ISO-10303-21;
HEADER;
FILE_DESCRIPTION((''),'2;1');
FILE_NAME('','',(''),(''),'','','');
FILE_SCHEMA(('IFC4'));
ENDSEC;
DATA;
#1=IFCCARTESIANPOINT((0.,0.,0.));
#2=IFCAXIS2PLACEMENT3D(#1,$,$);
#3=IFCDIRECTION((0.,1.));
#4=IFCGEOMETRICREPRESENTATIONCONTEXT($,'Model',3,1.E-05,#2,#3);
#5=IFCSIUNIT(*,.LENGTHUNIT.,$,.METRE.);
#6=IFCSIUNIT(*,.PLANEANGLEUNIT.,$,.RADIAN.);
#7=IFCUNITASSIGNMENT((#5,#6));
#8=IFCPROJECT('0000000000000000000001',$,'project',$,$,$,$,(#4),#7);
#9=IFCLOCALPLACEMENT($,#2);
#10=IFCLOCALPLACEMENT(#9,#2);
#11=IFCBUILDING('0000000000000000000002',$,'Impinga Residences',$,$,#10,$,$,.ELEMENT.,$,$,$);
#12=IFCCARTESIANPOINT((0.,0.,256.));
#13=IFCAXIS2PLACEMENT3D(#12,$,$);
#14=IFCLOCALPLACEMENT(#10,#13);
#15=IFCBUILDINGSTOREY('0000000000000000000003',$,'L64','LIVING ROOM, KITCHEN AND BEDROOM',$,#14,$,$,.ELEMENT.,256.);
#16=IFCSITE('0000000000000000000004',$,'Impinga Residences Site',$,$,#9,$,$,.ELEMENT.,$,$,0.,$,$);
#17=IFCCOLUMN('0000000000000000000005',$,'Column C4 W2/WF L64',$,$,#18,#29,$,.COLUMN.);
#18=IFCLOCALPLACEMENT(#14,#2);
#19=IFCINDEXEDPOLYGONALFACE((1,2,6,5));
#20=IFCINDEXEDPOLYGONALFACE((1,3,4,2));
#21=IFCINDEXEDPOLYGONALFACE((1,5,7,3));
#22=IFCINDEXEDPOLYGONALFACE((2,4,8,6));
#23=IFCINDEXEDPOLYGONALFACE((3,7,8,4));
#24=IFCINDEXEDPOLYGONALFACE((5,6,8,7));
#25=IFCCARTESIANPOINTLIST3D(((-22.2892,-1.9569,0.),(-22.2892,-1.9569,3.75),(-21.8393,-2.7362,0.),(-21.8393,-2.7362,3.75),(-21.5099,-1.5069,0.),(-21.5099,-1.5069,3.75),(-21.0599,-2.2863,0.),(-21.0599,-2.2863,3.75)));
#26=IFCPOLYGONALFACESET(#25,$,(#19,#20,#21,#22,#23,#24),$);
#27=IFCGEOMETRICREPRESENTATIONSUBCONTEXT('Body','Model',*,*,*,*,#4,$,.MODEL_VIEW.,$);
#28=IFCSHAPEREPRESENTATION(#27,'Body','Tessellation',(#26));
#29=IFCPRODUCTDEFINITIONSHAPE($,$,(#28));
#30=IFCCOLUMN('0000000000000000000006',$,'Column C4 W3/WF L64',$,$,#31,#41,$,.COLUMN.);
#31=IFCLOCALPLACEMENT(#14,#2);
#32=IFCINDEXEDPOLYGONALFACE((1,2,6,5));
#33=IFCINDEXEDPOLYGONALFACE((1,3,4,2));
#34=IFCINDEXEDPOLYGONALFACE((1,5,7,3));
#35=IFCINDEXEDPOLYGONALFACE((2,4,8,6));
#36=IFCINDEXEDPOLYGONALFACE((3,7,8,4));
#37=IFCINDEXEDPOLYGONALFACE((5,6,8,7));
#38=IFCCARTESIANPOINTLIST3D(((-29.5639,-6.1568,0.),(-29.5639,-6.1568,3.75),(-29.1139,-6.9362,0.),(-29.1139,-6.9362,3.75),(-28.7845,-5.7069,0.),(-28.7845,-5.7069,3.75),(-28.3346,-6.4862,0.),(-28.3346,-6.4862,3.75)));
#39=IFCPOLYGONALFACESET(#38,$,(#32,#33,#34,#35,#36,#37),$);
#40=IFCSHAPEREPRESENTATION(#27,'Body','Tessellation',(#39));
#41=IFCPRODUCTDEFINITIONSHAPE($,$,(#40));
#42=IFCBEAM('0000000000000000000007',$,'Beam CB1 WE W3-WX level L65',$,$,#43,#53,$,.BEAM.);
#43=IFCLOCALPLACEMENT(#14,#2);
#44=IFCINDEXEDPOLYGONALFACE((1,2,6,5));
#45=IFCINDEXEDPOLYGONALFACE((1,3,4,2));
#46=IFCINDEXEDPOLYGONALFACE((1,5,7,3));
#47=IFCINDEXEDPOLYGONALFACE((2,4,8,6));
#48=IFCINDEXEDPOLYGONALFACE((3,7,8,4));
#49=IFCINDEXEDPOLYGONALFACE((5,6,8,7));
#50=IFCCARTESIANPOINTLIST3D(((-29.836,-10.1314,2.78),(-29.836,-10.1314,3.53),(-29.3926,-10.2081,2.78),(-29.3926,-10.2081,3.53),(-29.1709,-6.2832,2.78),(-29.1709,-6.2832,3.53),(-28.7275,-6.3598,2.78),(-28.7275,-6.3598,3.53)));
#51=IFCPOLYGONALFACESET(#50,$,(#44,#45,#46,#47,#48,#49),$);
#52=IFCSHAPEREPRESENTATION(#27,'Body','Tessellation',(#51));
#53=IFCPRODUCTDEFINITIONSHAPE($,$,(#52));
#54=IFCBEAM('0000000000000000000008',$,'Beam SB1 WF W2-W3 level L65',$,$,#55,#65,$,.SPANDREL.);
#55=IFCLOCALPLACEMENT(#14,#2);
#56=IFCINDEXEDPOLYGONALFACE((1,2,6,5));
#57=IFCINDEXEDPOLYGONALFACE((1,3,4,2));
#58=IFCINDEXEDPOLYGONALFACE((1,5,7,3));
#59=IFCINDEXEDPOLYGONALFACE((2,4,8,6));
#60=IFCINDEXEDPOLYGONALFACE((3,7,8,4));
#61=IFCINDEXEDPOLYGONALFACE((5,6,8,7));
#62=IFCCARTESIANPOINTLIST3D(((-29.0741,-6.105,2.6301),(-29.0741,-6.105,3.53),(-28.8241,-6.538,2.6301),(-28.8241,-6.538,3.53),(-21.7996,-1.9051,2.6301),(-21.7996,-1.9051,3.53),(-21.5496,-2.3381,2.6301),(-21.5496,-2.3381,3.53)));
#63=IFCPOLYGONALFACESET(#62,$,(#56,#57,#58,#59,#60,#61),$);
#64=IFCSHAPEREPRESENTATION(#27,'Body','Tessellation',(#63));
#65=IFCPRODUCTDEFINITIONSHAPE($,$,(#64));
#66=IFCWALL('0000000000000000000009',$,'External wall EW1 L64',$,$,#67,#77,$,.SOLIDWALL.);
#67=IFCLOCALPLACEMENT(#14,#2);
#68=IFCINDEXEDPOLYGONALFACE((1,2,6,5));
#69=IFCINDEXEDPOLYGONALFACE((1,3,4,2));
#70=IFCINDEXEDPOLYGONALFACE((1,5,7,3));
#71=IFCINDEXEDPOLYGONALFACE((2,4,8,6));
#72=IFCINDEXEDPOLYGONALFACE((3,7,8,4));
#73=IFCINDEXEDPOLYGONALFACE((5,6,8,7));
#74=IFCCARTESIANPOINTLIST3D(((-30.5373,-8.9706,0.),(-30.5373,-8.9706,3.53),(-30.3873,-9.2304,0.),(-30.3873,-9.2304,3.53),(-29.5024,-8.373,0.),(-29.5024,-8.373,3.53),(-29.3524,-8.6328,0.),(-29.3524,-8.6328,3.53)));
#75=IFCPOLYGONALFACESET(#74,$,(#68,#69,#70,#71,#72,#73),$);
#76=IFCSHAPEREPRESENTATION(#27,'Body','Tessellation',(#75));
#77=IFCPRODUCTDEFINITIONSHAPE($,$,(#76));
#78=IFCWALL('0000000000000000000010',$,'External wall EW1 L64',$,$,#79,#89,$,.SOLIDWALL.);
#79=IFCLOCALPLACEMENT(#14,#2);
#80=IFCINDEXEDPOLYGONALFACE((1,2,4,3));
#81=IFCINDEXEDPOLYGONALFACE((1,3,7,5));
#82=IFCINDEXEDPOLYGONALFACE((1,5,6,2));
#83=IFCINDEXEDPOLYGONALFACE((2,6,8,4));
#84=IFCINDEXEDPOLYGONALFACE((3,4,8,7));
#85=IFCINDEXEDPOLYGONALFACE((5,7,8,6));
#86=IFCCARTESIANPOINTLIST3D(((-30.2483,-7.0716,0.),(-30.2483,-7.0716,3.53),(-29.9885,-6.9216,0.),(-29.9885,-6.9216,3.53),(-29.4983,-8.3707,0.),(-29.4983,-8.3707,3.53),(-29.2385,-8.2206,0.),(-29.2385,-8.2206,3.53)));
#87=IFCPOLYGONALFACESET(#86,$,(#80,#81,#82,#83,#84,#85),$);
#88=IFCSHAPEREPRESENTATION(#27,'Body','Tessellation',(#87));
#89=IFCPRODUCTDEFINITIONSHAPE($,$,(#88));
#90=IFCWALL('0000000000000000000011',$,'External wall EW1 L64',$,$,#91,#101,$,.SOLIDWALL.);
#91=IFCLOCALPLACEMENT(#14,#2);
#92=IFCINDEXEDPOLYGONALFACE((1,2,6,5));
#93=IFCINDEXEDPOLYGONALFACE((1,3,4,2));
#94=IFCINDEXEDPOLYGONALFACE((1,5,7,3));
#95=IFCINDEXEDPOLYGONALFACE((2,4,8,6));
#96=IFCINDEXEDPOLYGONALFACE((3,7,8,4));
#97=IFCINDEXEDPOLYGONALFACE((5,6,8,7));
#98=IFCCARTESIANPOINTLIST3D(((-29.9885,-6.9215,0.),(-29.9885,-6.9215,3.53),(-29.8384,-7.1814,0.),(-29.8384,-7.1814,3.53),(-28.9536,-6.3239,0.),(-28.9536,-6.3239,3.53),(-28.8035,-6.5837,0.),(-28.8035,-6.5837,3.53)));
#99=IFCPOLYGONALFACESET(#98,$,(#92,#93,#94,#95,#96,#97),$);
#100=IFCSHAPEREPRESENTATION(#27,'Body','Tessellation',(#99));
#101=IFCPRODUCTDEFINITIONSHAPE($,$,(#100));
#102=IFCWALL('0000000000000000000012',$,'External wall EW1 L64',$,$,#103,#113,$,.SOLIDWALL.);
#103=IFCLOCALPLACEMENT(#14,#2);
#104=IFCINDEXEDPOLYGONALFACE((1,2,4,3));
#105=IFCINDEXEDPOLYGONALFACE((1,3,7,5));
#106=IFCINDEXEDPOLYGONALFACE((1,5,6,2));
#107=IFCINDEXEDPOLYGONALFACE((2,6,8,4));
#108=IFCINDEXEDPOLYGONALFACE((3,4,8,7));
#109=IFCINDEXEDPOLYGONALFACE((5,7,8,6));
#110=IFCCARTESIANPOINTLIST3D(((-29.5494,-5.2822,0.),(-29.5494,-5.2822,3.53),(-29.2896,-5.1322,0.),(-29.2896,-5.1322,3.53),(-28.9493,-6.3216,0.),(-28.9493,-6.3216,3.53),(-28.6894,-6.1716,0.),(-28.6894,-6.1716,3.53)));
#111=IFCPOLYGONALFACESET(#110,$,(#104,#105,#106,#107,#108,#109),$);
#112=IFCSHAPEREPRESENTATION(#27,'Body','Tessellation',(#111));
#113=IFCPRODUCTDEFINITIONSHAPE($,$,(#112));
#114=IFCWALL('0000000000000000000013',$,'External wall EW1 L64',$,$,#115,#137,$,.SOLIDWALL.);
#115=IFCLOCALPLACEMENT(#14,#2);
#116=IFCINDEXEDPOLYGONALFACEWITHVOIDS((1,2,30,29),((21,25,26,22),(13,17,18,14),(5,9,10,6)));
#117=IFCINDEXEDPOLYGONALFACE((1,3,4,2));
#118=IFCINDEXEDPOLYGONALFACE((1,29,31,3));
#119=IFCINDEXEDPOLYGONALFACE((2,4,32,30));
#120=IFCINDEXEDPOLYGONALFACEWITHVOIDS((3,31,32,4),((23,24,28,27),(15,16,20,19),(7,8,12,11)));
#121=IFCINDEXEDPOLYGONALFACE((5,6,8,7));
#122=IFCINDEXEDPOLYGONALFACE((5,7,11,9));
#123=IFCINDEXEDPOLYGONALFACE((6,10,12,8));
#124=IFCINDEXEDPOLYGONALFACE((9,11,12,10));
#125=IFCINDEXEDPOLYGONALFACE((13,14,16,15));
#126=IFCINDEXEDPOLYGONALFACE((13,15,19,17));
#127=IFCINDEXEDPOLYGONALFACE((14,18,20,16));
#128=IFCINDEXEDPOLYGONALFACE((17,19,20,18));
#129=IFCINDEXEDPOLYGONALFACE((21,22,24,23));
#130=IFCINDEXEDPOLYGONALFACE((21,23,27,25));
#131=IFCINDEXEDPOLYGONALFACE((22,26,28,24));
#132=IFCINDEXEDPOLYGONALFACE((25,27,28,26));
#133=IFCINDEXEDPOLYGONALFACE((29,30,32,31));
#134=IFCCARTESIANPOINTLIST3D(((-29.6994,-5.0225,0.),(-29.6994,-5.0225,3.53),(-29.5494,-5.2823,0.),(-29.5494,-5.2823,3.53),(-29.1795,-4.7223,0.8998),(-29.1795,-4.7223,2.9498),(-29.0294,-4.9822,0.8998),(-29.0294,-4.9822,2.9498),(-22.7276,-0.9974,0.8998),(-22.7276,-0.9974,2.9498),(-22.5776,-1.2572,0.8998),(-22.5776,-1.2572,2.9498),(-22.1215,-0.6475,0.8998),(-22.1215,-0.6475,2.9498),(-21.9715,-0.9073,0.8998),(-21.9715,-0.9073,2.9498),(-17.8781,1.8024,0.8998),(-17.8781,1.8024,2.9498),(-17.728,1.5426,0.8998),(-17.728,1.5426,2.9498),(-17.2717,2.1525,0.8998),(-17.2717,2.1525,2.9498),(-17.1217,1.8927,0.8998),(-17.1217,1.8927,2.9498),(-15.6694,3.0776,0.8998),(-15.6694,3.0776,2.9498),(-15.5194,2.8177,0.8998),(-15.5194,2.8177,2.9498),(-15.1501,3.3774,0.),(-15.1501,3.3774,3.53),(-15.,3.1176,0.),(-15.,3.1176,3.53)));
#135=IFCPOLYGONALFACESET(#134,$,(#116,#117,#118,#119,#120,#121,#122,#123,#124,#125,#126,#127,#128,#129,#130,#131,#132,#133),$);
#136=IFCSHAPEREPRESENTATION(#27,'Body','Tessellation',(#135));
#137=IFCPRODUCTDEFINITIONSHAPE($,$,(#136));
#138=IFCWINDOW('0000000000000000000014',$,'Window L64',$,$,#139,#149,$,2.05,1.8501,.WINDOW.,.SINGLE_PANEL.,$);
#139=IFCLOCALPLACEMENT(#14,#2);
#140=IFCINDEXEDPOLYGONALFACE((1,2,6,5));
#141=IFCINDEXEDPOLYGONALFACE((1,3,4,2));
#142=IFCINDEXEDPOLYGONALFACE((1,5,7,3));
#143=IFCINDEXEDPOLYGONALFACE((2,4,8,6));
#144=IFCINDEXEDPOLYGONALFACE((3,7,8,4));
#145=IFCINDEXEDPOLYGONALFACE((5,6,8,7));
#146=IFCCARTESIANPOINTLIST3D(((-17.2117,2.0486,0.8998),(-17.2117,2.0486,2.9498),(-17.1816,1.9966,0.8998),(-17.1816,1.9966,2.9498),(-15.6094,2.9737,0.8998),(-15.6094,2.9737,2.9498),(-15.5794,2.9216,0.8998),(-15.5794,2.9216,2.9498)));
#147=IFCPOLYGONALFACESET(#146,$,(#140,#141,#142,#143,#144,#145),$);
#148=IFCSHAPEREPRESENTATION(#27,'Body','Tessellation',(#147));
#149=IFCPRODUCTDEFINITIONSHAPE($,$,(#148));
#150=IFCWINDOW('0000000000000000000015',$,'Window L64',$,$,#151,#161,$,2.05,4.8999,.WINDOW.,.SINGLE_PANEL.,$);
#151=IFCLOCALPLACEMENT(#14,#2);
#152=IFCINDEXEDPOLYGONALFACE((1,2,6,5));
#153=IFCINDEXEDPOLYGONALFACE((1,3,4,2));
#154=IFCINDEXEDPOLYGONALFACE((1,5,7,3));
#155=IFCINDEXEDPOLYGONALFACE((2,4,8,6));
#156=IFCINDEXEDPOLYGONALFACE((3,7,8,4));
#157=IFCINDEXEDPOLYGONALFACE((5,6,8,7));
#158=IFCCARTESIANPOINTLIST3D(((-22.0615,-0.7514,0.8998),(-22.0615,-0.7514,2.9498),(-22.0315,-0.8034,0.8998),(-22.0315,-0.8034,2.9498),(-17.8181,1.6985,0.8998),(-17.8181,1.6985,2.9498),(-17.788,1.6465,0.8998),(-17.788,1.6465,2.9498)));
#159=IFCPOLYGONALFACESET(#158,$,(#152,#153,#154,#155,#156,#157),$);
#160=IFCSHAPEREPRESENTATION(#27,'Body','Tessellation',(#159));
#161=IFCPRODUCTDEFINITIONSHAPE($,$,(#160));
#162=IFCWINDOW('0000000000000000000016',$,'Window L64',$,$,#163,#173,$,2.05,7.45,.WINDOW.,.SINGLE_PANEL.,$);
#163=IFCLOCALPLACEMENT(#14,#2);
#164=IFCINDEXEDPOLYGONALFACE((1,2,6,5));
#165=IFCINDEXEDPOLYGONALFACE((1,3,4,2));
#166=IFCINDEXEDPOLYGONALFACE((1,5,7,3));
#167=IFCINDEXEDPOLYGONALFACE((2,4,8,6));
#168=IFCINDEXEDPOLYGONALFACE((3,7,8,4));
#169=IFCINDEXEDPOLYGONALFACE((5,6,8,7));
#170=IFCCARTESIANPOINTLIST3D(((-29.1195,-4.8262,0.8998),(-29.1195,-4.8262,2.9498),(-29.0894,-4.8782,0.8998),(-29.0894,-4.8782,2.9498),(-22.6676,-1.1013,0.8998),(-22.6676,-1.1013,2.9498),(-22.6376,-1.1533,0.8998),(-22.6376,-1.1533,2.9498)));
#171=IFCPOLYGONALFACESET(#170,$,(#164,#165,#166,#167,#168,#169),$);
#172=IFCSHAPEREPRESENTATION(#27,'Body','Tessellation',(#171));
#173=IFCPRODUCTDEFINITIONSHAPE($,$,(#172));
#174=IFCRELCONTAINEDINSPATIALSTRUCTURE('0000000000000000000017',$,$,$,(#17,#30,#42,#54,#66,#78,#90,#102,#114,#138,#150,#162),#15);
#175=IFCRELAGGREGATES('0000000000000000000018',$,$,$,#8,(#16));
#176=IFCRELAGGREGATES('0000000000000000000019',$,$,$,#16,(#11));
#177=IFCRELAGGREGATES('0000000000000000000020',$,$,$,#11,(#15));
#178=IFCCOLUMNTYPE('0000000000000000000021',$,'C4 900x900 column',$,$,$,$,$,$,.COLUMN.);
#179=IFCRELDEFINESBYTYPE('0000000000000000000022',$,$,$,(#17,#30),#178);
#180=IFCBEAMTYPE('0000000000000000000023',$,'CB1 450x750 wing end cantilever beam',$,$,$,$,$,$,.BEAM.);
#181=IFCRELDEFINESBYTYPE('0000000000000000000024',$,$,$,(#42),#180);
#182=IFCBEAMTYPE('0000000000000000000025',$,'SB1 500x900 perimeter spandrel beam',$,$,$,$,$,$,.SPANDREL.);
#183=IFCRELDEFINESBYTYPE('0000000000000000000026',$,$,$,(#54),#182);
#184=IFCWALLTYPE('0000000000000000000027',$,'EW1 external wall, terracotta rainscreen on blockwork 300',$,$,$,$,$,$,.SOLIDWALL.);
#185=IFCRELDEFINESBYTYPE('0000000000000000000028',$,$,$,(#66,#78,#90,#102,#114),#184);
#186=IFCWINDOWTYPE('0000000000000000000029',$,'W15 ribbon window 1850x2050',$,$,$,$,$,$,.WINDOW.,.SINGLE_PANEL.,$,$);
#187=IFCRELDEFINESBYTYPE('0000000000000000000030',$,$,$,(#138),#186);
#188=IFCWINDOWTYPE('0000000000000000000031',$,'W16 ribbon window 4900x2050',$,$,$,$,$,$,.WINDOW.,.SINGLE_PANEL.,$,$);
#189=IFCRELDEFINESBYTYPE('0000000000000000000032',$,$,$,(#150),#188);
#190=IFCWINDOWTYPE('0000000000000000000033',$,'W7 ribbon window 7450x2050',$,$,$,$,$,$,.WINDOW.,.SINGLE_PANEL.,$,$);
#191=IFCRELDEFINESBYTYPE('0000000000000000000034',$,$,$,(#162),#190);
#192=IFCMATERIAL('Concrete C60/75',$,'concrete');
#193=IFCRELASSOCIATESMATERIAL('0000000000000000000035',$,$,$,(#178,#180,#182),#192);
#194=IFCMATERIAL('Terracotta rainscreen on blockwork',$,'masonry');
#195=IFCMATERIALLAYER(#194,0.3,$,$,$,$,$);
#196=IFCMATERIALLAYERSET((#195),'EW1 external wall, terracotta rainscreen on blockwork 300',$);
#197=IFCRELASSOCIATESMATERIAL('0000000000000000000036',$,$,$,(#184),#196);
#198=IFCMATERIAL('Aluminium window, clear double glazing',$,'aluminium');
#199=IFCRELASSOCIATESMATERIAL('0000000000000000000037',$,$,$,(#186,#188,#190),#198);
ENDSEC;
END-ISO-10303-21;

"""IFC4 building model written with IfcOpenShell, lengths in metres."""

from ifc_helpers import new_model, si_unit, direction, frame, frame_2d, origin, origin_2d, place, context, subcontext, project, spatial, rectangle, extrude, material, layer, layer_set, material_profile, profile_set, type_object, element, fill, save


model = new_model("IFC4")

# Units and contexts
model_context = context("Model", 3, precision=1e-05, world=origin(), true_north=direction((0.0, 1.0)))
body_context = subcontext(model_context, "Body", "Model", "MODEL_VIEW")
ifc_project = project(units=[si_unit("LENGTHUNIT", "METRE"), si_unit("PLANEANGLEUNIT", "RADIAN")], contexts=[model_context])

# Site, building, storey
site_placement = place(None, origin())
site = spatial("IfcSite", under=ifc_project, at=site_placement, Name="Impinga Residences Site", CompositionType="ELEMENT", RefElevation=0.0)
building_placement = place(site_placement, origin())
building = spatial("IfcBuilding", under=site, at=building_placement, Name="Impinga Residences", CompositionType="ELEMENT")
storey_placement = place(building_placement, frame((0.0, 0.0, 256.0)))
storey = spatial("IfcBuildingStorey", under=building, at=storey_placement, Name="L64", Description="LIVING ROOM, KITCHEN AND BEDROOM", CompositionType="ELEMENT", Elevation=256.0)

# Columns
ifc_material_1 = material(Name="Concrete C60/75", Category="concrete")
ifc_material_profile_1 = material_profile(ifc_material_1, rectangle(XDim=0.8999, YDim=0.8999, at=origin_2d()), Name="RC 900x900")
ifc_profile_set_1 = profile_set([ifc_material_profile_1], Name="Concrete C60/75")
column_type = type_object("IfcColumnType", Name="C4 900x900 column", PredefinedType="COLUMN", material=ifc_profile_set_1)
for number, where, z_axis, x_axis, name in (
    (1, (-21.6746, -2.1216, 0.0), (0.0, 0.0, 1.0), (-0.5, 0.866025, 0.0), "Column C4 W2/WF L64"),
    (2, (-28.9492, -6.3215, 0.0), (0.0, 0.0, 1.0), (-0.5, 0.866025, 0.0), "Column C4 W3/WF L64"),
):
    element("IfcColumn", number, at=place(storey_placement, frame(where, z_axis=z_axis, x_axis=x_axis)), inside=storey, type_object=column_type, Name=name, PredefinedType="COLUMN", context=body_context, shape_type="SweptSolid", body=[
        extrude(rectangle(XDim=0.8999, YDim=0.8999, at=origin_2d()), origin(), (0.0, 0.0, 1.0), 3.75),
    ])

# Beams
ifc_material_profile_2 = material_profile(ifc_material_1, rectangle(XDim=0.45, YDim=0.75, at=origin_2d()), Name="RC 450x750")
ifc_profile_set_2 = profile_set([ifc_material_profile_2], Name="Concrete C60/75")
beam_type_1 = type_object("IfcBeamType", Name="CB1 450x750 wing end cantilever beam", PredefinedType="BEAM", material=ifc_profile_set_2)
beam_1_placement = place(storey_placement, frame((-28.9492, -6.3215, 3.155), z_axis=(-0.170296, -0.985393, 0.0), x_axis=(0.985393, -0.170296, 0.0)))
element("IfcBeam", 3, at=beam_1_placement, inside=storey, type_object=beam_type_1, Name="Beam CB1 WE W3-WX level L65", PredefinedType="BEAM", context=body_context, shape_type="SweptSolid", body=[
    extrude(rectangle(XDim=0.45, YDim=0.75, at=origin_2d()), origin(), (0.0, 0.0, 1.0), 3.9053),
])
ifc_material_profile_3 = material_profile(ifc_material_1, rectangle(XDim=0.5, YDim=0.8999, at=origin_2d()), Name="RC 500x900")
ifc_profile_set_3 = profile_set([ifc_material_profile_3], Name="Concrete C60/75")
beam_type_2 = type_object("IfcBeamType", Name="SB1 500x900 perimeter spandrel beam", PredefinedType="SPANDREL", material=ifc_profile_set_3)
beam_2_placement = place(storey_placement, frame((-21.6746, -2.1216, 3.0801), z_axis=(-0.866029, -0.499993, 0.0), x_axis=(0.499993, -0.866029, 0.0)))
element("IfcBeam", 4, at=beam_2_placement, inside=storey, type_object=beam_type_2, Name="Beam SB1 WF W2-W3 level L65", PredefinedType="SPANDREL", context=body_context, shape_type="SweptSolid", body=[
    extrude(rectangle(XDim=0.5, YDim=0.8999, at=origin_2d()), origin(), (0.0, 0.0, 1.0), 8.3999),
])

# Walls
ifc_material_2 = material(Name="Terracotta rainscreen on blockwork", Category="masonry")
ifc_layer_1 = layer(ifc_material_2, 0.3)
ifc_layer_set_1 = layer_set([ifc_layer_1], Name="EW1 external wall, terracotta rainscreen on blockwork 300")
wall_type_1 = type_object("IfcWallType", Name="EW1 external wall, terracotta rainscreen on blockwork 300", PredefinedType="SOLIDWALL", material=ifc_layer_set_1)
wall_1_placement = place(storey_placement, frame((-30.4624, -9.1006, 0.0), z_axis=(0.0, 0.0, 1.0), x_axis=(0.865971, 0.500094, 0.0)))
element("IfcWall", 5, at=wall_1_placement, inside=storey, type_object=wall_type_1, Name="External wall EW1 L64", PredefinedType="SOLIDWALL", context=body_context, shape_type="SweptSolid", body=[
    extrude(rectangle(XDim=1.1951, YDim=0.3, at=frame_2d((0.5977, 0.0))), origin(), (0.0, 0.0, 1.0), 3.53),
])
wall_2_placement = place(storey_placement, frame((-29.3684, -8.2957, 0.0), z_axis=(0.0, 0.0, 1.0), x_axis=(-0.49999, 0.866031, 0.0)))
element("IfcWall", 6, at=wall_2_placement, inside=storey, type_object=wall_type_1, Name="External wall EW1 L64", PredefinedType="SOLIDWALL", context=body_context, shape_type="SweptSolid", body=[
    extrude(rectangle(XDim=1.5, YDim=0.3, at=frame_2d((0.75, 0.0))), origin(), (0.0, 0.0, 1.0), 3.53),
])
wall_3_placement = place(storey_placement, frame((-29.9136, -7.0515, 0.0), z_axis=(0.0, 0.0, 1.0), x_axis=(0.865971, 0.500094, 0.0)))
element("IfcWall", 7, at=wall_3_placement, inside=storey, type_object=wall_type_1, Name="External wall EW1 L64", PredefinedType="SOLIDWALL", context=body_context, shape_type="SweptSolid", body=[
    extrude(rectangle(XDim=1.1951, YDim=0.3, at=frame_2d((0.5977, 0.0))), origin(), (0.0, 0.0, 1.0), 3.53),
])
wall_4_placement = place(storey_placement, frame((-28.8193, -6.2466, 0.0), z_axis=(0.0, 0.0, 1.0), x_axis=(-0.500034, 0.866006, 0.0)))
element("IfcWall", 8, at=wall_4_placement, inside=storey, type_object=wall_type_1, Name="External wall EW1 L64", PredefinedType="SOLIDWALL", context=body_context, shape_type="SweptSolid", body=[
    extrude(rectangle(XDim=1.2002, YDim=0.3, at=frame_2d((0.6001, 0.0))), origin(), (0.0, 0.0, 1.0), 3.53),
])

# Wall, openings, windows
wall_5_placement = place(storey_placement, frame((-29.6243, -5.1523, 0.0), z_axis=(0.0, 0.0, 1.0), x_axis=(0.866029, 0.499993, 0.0)))
wall_5 = element("IfcWall", 9, at=wall_5_placement, inside=storey, type_object=wall_type_1, Name="External wall EW1 L64", PredefinedType="SOLIDWALL", context=body_context, shape_type="SweptSolid", body=[
    extrude(rectangle(XDim=16.8, YDim=0.3, at=frame_2d((8.3999, 0.0))), origin(), (0.0, 0.0, 1.0), 3.53),
])
opening_1_placement = place(wall_5_placement, frame((0.6001, 0.0, 0.8999)))
opening_1 = element("IfcOpeningElement", 10, at=opening_1_placement, cuts=wall_5, PredefinedType="OPENING", context=body_context, shape_type="SweptSolid", body=[
    extrude(rectangle(XDim=7.45, YDim=2.05, at=frame_2d((3.7251, 1.0249))), frame((0.0, 0.1599, 0.0), z_axis=(0.0, -1.0, 0.0), x_axis=(1.0, 0.0, 0.0)), (0.0, 0.0, 1.0), 0.3201),
])
opening_2_placement = place(wall_5_placement, frame((8.75, 0.0, 0.8999)))
opening_2 = element("IfcOpeningElement", 11, at=opening_2_placement, cuts=wall_5, PredefinedType="OPENING", context=body_context, shape_type="SweptSolid", body=[
    extrude(rectangle(XDim=4.8999, YDim=2.05, at=frame_2d((2.45, 1.0249))), frame((0.0, 0.1599, 0.0), z_axis=(0.0, -1.0, 0.0), x_axis=(1.0, 0.0, 0.0)), (0.0, 0.0, 1.0), 0.3201),
])
opening_3_placement = place(wall_5_placement, frame((14.3501, 0.0, 0.8999)))
opening_3 = element("IfcOpeningElement", 12, at=opening_3_placement, cuts=wall_5, PredefinedType="OPENING", context=body_context, shape_type="SweptSolid", body=[
    extrude(rectangle(XDim=1.8501, YDim=2.05, at=frame_2d((0.925, 1.0249))), frame((0.0, 0.1599, 0.0), z_axis=(0.0, -1.0, 0.0), x_axis=(1.0, 0.0, 0.0)), (0.0, 0.0, 1.0), 0.3201),
])
ifc_material_3 = material(Name="Aluminium window, clear double glazing", Category="aluminium")
window_type_1 = type_object("IfcWindowType", Name="W15 ribbon window 1850x2050", PartitioningType="SINGLE_PANEL", PredefinedType="WINDOW", material=ifc_material_3)
window_1_placement = place(opening_3_placement, origin())
window_1 = element("IfcWindow", 13, at=window_1_placement, inside=storey, type_object=window_type_1, Name="Window L64", OverallHeight=2.05, OverallWidth=1.8501, PartitioningType="SINGLE_PANEL", PredefinedType="WINDOW", context=body_context, shape_type="SweptSolid", body=[
    extrude(rectangle(XDim=1.8501, YDim=2.05, at=frame_2d((0.925, 1.0249))), frame((0.0, 0.03, 0.0), z_axis=(0.0, -1.0, 0.0), x_axis=(1.0, 0.0, 0.0)), (0.0, 0.0, 1.0), 0.0601),
])
fill(opening_3, window_1)
window_type_2 = type_object("IfcWindowType", Name="W16 ribbon window 4900x2050", PartitioningType="SINGLE_PANEL", PredefinedType="WINDOW", material=ifc_material_3)
window_2_placement = place(opening_2_placement, origin())
window_2 = element("IfcWindow", 14, at=window_2_placement, inside=storey, type_object=window_type_2, Name="Window L64", OverallHeight=2.05, OverallWidth=4.8999, PartitioningType="SINGLE_PANEL", PredefinedType="WINDOW", context=body_context, shape_type="SweptSolid", body=[
    extrude(rectangle(XDim=4.8999, YDim=2.05, at=frame_2d((2.45, 1.0249))), frame((0.0, 0.03, 0.0), z_axis=(0.0, -1.0, 0.0), x_axis=(1.0, 0.0, 0.0)), (0.0, 0.0, 1.0), 0.0601),
])
fill(opening_2, window_2)
window_type_3 = type_object("IfcWindowType", Name="W7 ribbon window 7450x2050", PartitioningType="SINGLE_PANEL", PredefinedType="WINDOW", material=ifc_material_3)
window_3_placement = place(opening_1_placement, origin())
window_3 = element("IfcWindow", 15, at=window_3_placement, inside=storey, type_object=window_type_3, Name="Window L64", OverallHeight=2.05, OverallWidth=7.45, PartitioningType="SINGLE_PANEL", PredefinedType="WINDOW", context=body_context, shape_type="SweptSolid", body=[
    extrude(rectangle(XDim=7.45, YDim=2.05, at=frame_2d((3.7251, 1.0249))), frame((0.0, 0.03, 0.0), z_axis=(0.0, -1.0, 0.0), x_axis=(1.0, 0.0, 0.0)), (0.0, 0.0, 1.0), 0.0601),
])
fill(opening_1, window_3)

save(model, "model.ifc")
